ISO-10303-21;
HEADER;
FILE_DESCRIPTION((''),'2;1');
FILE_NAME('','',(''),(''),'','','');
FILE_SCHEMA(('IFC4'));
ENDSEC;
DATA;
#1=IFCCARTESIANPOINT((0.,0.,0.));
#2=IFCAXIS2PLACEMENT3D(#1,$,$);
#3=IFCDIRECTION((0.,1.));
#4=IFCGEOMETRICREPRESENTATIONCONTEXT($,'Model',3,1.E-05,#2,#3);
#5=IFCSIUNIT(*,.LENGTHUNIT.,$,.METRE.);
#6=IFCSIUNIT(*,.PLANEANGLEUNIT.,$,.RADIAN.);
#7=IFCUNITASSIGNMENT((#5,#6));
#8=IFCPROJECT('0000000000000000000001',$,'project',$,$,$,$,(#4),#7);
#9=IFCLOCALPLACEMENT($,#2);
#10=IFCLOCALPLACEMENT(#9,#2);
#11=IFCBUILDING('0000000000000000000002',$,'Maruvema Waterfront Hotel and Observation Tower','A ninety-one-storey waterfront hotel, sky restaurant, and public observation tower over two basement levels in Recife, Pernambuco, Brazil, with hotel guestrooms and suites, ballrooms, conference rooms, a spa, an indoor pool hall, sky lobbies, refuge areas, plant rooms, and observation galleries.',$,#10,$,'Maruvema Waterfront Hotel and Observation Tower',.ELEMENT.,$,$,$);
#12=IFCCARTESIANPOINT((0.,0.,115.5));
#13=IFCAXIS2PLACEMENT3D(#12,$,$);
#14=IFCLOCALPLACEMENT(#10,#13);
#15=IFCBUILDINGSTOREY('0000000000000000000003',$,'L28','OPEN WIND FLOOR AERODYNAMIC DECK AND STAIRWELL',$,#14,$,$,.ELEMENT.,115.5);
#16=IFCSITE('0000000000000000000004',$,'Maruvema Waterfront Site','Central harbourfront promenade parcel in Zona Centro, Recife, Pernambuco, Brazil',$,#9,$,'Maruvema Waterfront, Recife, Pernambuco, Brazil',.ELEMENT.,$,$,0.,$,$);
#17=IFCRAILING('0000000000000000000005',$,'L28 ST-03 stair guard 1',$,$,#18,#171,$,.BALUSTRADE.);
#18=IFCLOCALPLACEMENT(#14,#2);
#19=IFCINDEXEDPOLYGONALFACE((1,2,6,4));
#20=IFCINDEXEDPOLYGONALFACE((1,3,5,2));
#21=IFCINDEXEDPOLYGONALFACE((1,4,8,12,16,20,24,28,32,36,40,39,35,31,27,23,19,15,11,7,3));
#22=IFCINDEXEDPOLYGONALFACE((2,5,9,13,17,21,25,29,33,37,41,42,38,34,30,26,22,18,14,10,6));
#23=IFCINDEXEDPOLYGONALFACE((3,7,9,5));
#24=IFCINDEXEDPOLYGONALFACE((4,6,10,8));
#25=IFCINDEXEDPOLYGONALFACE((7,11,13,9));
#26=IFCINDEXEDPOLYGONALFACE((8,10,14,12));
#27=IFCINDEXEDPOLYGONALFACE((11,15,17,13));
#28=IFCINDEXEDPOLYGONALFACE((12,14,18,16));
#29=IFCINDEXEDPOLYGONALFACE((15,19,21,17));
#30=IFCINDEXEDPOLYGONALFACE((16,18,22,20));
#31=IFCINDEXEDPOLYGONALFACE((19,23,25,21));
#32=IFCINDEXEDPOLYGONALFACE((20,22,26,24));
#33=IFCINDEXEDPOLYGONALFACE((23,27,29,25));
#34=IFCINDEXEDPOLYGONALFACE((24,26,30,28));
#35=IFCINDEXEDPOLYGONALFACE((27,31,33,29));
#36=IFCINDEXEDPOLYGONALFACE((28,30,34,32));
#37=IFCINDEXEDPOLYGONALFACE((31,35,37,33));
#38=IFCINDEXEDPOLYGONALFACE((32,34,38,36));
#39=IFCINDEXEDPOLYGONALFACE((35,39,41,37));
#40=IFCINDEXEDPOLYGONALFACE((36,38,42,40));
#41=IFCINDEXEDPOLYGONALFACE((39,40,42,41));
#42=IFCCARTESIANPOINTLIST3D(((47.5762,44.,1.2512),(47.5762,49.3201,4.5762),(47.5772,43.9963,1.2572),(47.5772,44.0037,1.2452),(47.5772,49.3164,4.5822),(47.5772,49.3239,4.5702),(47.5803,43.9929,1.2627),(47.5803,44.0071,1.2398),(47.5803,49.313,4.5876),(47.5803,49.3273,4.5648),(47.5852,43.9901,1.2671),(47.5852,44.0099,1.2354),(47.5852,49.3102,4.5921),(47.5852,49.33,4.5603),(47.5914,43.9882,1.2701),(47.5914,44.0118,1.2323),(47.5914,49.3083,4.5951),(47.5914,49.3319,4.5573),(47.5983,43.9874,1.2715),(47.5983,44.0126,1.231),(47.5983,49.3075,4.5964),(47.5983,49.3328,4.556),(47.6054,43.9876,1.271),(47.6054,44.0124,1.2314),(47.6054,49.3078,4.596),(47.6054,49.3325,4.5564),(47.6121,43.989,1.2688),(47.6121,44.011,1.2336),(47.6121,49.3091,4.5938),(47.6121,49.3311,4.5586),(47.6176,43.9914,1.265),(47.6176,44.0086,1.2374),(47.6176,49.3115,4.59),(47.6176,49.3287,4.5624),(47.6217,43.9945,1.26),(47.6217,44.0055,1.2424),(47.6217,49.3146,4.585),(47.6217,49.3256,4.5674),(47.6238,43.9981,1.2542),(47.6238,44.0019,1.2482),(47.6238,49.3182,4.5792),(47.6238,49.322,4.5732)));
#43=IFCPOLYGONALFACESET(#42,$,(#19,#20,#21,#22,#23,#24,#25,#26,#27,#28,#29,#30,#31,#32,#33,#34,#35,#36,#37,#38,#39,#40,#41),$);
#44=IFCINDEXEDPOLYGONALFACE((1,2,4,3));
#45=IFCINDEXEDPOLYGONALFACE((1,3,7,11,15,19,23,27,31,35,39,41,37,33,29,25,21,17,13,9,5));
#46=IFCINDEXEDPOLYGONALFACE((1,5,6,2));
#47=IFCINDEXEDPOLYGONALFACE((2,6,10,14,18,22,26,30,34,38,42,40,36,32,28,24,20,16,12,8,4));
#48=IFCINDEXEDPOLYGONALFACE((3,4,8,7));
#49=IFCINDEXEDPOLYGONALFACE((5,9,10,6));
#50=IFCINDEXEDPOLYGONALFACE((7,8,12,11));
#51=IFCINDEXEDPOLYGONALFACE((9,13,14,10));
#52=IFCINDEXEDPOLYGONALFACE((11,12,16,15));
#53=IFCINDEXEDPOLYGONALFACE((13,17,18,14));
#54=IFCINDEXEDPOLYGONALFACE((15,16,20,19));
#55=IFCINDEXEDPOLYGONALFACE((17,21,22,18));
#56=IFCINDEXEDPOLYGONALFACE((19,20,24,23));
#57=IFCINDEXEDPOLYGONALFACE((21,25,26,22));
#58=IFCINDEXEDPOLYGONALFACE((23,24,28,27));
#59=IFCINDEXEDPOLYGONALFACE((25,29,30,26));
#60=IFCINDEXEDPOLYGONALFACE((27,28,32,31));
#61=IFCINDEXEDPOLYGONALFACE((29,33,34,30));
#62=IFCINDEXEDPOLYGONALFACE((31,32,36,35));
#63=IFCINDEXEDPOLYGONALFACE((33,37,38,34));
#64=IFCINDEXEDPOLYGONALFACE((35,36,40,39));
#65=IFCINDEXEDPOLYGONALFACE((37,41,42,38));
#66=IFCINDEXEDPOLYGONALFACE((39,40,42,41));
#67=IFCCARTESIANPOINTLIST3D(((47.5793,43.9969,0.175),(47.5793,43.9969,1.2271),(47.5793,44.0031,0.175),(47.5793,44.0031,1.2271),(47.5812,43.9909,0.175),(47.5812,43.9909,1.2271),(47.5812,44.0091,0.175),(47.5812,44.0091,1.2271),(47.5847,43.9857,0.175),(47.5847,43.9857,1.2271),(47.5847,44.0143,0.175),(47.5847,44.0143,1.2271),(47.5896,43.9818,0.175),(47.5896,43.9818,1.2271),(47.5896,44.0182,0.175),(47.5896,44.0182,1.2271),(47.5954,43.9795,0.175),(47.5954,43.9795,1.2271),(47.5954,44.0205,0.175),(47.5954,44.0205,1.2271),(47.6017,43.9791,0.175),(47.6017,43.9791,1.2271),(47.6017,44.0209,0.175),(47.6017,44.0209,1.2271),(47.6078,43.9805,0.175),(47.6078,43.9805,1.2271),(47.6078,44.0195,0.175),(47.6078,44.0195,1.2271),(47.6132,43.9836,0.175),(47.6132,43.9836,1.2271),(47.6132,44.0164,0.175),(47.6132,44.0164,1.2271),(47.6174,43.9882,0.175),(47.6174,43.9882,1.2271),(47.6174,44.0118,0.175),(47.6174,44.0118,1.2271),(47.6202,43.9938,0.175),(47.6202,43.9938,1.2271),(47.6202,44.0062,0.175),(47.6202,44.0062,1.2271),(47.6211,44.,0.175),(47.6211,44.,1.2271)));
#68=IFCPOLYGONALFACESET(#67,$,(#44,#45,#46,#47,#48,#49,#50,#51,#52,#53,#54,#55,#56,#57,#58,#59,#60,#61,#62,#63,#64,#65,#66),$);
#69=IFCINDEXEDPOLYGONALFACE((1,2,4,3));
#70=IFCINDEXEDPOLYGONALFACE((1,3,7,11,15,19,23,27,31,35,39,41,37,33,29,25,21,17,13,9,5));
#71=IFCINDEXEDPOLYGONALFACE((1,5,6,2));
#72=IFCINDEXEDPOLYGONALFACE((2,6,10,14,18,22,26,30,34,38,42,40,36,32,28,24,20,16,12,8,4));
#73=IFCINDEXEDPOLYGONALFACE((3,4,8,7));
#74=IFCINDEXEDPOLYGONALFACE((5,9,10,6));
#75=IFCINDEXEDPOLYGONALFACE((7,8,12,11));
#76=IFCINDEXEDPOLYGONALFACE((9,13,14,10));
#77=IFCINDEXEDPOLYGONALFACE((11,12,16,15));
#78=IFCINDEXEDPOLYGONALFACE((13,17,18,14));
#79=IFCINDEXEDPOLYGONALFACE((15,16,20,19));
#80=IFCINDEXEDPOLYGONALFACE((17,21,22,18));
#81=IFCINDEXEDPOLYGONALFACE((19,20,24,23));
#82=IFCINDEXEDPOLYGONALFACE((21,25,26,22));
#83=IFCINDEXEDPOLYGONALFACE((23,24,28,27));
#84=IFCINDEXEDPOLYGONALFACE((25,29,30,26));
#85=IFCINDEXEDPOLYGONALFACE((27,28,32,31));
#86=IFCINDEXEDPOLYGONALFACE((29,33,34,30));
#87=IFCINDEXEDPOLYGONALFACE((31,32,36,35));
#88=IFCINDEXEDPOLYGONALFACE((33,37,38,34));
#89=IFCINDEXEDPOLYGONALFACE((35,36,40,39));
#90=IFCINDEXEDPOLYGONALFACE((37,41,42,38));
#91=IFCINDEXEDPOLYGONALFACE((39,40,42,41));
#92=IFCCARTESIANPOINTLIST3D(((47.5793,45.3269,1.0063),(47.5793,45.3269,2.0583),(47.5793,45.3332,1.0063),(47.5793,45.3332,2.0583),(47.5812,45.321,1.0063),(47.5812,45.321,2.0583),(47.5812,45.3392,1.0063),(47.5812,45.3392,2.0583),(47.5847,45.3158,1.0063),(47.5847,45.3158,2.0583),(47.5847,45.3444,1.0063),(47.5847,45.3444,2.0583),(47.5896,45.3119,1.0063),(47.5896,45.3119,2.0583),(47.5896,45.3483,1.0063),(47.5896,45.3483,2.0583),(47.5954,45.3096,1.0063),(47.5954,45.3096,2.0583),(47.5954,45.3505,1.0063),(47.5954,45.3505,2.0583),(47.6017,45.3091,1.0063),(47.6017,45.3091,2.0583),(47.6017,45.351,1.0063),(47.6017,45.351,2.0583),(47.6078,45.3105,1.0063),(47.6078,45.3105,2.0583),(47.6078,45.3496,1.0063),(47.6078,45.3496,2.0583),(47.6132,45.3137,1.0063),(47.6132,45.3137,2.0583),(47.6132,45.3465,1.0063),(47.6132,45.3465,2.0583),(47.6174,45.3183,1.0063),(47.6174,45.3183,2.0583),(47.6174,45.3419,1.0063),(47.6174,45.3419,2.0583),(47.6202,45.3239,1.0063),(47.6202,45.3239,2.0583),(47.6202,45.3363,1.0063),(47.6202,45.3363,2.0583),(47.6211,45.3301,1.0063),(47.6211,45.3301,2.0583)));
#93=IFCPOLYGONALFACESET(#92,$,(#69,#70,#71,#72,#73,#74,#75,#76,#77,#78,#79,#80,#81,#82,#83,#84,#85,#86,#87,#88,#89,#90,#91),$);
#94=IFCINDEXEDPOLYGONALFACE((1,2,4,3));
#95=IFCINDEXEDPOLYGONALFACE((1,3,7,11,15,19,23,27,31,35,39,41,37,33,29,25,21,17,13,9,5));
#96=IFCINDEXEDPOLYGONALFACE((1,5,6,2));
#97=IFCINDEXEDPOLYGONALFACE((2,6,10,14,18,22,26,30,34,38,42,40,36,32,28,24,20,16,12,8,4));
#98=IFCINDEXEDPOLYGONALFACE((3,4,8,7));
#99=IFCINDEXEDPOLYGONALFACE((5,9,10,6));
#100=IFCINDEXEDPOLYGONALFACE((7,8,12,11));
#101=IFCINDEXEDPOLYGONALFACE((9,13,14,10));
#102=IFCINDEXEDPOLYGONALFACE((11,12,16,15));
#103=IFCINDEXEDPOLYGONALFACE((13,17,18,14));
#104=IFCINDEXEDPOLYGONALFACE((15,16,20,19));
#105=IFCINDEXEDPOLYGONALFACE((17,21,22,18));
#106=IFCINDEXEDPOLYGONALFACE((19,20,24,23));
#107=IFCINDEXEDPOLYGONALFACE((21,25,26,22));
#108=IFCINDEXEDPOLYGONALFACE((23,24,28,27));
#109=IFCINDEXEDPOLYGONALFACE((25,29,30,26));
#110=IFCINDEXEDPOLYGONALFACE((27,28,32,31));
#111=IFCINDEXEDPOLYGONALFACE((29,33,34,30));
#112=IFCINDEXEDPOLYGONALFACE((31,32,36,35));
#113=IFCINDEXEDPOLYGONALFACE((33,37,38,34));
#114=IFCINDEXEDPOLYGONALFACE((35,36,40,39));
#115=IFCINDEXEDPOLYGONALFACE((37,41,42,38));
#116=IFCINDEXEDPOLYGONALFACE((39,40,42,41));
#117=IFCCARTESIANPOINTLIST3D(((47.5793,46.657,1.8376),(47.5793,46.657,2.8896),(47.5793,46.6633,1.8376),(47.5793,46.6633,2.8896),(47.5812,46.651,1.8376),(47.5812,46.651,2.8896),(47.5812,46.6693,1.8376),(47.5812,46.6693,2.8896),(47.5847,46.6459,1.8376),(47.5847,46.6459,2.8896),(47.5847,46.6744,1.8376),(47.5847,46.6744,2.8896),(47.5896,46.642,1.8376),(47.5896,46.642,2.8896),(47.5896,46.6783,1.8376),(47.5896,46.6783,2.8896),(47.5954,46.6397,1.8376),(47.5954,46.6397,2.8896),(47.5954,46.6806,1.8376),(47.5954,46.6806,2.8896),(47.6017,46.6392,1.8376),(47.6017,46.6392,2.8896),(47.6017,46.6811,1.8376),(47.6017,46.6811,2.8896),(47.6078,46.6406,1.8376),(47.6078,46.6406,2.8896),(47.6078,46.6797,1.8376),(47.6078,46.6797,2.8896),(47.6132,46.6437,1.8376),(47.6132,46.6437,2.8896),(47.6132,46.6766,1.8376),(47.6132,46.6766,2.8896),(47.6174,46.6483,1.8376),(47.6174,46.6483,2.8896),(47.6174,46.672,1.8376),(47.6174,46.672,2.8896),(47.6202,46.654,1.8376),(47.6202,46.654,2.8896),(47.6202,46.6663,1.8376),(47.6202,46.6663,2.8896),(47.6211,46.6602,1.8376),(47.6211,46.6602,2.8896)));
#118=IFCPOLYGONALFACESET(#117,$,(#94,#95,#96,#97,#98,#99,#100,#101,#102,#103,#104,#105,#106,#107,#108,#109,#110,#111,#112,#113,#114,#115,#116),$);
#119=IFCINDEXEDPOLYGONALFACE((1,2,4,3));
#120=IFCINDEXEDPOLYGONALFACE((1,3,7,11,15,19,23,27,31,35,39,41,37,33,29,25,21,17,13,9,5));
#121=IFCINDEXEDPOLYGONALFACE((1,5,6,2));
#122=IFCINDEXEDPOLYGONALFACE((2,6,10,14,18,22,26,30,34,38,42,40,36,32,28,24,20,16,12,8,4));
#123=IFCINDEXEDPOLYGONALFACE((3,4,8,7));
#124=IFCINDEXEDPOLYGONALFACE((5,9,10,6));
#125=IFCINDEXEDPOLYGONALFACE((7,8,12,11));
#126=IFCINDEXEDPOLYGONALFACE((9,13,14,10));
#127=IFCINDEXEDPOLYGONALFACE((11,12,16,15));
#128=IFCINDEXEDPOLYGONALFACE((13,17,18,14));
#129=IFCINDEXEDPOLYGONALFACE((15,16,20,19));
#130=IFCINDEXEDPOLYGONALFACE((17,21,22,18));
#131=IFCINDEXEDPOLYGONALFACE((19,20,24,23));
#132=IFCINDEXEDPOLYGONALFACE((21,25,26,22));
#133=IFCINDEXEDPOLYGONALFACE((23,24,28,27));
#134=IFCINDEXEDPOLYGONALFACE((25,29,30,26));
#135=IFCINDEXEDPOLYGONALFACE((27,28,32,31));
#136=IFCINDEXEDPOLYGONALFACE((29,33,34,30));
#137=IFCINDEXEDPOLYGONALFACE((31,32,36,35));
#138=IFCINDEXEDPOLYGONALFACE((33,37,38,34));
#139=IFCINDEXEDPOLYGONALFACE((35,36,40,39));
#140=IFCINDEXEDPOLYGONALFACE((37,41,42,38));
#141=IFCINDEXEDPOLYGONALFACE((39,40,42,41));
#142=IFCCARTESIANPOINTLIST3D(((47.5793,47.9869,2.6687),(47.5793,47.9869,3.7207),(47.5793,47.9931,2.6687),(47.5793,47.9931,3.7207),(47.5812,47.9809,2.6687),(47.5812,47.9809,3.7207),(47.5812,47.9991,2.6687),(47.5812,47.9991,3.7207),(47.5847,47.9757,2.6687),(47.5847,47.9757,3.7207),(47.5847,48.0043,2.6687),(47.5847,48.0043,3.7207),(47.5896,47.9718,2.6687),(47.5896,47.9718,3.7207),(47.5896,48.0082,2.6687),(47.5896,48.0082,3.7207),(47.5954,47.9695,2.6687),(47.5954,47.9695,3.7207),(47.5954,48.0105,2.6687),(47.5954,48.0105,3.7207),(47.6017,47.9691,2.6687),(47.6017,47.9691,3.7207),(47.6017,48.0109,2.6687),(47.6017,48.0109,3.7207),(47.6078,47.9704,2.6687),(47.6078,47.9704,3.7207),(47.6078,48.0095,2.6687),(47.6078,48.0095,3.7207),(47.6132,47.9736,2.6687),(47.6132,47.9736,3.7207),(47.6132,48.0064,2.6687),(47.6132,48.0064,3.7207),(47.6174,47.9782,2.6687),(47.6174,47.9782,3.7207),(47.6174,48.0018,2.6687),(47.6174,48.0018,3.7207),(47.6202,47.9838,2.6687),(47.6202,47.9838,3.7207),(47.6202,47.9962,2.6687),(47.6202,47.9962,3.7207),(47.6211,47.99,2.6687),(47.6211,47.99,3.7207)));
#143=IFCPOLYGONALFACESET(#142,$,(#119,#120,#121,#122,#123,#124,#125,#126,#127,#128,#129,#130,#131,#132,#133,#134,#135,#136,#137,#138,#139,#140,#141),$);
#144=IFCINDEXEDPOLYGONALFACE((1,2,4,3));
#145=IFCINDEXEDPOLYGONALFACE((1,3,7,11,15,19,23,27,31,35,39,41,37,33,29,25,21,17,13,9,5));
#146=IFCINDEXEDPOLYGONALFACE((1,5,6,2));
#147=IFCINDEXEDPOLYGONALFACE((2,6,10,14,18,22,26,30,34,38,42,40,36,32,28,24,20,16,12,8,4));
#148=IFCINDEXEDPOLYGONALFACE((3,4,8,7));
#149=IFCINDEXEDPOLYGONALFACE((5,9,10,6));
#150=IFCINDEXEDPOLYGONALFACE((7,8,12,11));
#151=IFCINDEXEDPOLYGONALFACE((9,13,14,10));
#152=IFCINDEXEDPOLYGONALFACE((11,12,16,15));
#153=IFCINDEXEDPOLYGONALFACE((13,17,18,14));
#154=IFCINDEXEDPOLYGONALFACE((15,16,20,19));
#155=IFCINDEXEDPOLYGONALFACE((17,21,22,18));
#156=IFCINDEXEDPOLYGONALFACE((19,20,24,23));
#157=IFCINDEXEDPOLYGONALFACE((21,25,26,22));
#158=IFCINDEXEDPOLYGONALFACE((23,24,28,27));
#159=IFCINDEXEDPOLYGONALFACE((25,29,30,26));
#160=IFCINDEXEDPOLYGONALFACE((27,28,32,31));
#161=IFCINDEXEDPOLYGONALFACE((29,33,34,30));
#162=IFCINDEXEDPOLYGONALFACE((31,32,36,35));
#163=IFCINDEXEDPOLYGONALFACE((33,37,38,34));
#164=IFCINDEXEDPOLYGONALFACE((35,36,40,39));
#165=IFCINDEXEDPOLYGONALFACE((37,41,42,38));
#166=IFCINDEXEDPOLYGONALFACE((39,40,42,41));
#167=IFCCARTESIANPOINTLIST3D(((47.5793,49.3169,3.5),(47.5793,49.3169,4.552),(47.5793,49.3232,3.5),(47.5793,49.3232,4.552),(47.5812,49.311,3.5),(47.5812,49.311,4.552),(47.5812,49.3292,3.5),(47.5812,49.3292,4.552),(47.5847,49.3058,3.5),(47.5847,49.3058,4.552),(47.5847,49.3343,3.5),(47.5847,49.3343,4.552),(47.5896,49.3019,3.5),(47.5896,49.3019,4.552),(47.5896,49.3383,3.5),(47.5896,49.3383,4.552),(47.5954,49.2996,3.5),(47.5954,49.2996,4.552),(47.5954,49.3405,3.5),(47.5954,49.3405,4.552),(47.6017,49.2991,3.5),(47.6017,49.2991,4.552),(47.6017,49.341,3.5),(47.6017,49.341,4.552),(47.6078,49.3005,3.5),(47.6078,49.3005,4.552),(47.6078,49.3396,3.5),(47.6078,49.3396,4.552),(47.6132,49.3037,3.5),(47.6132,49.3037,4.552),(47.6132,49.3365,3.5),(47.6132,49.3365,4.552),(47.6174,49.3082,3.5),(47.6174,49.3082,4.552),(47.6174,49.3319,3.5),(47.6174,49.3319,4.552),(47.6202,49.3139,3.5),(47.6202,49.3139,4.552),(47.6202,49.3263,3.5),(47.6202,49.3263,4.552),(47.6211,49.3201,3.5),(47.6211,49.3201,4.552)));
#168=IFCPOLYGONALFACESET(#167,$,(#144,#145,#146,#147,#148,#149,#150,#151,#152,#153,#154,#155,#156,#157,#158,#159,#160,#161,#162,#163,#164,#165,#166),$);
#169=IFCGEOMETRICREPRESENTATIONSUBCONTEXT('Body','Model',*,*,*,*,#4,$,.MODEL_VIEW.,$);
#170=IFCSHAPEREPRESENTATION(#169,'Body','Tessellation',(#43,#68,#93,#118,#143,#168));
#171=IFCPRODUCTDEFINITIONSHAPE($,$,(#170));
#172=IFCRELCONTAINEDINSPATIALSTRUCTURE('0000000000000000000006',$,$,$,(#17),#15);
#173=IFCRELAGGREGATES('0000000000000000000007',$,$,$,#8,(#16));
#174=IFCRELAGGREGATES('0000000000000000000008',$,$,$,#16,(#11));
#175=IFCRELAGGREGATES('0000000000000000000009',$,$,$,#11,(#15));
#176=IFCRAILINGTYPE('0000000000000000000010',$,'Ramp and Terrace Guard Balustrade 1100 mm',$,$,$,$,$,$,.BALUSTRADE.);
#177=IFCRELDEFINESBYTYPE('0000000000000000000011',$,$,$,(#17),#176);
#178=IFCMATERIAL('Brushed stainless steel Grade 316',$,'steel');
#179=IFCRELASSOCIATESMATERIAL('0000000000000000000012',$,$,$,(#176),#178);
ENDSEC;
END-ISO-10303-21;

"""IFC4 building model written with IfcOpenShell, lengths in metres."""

from ifc_helpers import new_model, si_unit, direction, frame, origin, origin_2d, place, context, subcontext, project, spatial, circle, extrude, material, type_object, element, save


model = new_model("IFC4")

# Units and contexts
model_context = context("Model", 3, precision=1e-05, world=origin(), true_north=direction((0.0, 1.0)))
body_context = subcontext(model_context, "Body", "Model", "MODEL_VIEW")
ifc_project = project(units=[si_unit("LENGTHUNIT", "METRE"), si_unit("PLANEANGLEUNIT", "RADIAN")], contexts=[model_context])

# Site, building, storey
site_placement = place(None, origin())
site = spatial("IfcSite", under=ifc_project, at=site_placement, Name="Maruvema Waterfront Site", Description="Central harbourfront promenade parcel in Zona Centro, Recife, Pernambuco, Brazil", LongName="Maruvema Waterfront, Recife, Pernambuco, Brazil", CompositionType="ELEMENT", RefElevation=0.0)
building_placement = place(site_placement, origin())
building = spatial("IfcBuilding", under=site, at=building_placement, Name="Maruvema Waterfront Hotel and Observation Tower", Description="A ninety-one-storey waterfront hotel, sky restaurant, and public observation tower over two basement levels in Recife, Pernambuco, Brazil, with hotel guestrooms and suites, ballrooms, conference rooms, a spa, an indoor pool hall, sky lobbies, refuge areas, plant rooms, and observation galleries.", LongName="Maruvema Waterfront Hotel and Observation Tower", CompositionType="ELEMENT")
storey_placement = place(building_placement, frame((0.0, 0.0, 115.5)))
storey = spatial("IfcBuildingStorey", under=building, at=storey_placement, Name="L28", Description="OPEN WIND FLOOR AERODYNAMIC DECK AND STAIRWELL", CompositionType="ELEMENT", Elevation=115.5)

# Railing
ifc_material_1 = material(Name="Brushed stainless steel Grade 316", Category="steel")
railing_type = type_object("IfcRailingType", Name="Ramp and Terrace Guard Balustrade 1100 mm", PredefinedType="BALUSTRADE", material=ifc_material_1)
railing_1_placement = place(storey_placement, frame((47.6001, 44.0, 0.175)))
element("IfcRailing", 1, at=railing_1_placement, inside=storey, type_object=railing_type, Name="L28 ST-03 stair guard 1", PredefinedType="BALUSTRADE", context=body_context, shape_type="SweptSolid", body=[
    extrude(circle(Radius=0.0239, at=origin_2d()), frame((0.0, 0.0, 1.0762), z_axis=(0.0, 0.848005, 0.529988), x_axis=(-1.0, 0.0, 0.0)), (0.0, 0.0, 1.0), 6.2737),
    extrude(circle(Radius=0.021, at=origin_2d()), origin(), (0.0, 0.0, 1.0), 1.052),
    extrude(circle(Radius=0.021, at=origin_2d()), frame((0.0, 1.3301, 0.8313)), (0.0, 0.0, 1.0), 1.052),
    extrude(circle(Radius=0.021, at=origin_2d()), frame((0.0, 2.6602, 1.6626)), (0.0, 0.0, 1.0), 1.052),
    extrude(circle(Radius=0.021, at=origin_2d()), frame((0.0, 3.99, 2.4937)), (0.0, 0.0, 1.0), 1.052),
    extrude(circle(Radius=0.021, at=origin_2d()), frame((0.0, 5.3201, 3.325)), (0.0, 0.0, 1.0), 1.052),
])

save(model, "model.ifc")
